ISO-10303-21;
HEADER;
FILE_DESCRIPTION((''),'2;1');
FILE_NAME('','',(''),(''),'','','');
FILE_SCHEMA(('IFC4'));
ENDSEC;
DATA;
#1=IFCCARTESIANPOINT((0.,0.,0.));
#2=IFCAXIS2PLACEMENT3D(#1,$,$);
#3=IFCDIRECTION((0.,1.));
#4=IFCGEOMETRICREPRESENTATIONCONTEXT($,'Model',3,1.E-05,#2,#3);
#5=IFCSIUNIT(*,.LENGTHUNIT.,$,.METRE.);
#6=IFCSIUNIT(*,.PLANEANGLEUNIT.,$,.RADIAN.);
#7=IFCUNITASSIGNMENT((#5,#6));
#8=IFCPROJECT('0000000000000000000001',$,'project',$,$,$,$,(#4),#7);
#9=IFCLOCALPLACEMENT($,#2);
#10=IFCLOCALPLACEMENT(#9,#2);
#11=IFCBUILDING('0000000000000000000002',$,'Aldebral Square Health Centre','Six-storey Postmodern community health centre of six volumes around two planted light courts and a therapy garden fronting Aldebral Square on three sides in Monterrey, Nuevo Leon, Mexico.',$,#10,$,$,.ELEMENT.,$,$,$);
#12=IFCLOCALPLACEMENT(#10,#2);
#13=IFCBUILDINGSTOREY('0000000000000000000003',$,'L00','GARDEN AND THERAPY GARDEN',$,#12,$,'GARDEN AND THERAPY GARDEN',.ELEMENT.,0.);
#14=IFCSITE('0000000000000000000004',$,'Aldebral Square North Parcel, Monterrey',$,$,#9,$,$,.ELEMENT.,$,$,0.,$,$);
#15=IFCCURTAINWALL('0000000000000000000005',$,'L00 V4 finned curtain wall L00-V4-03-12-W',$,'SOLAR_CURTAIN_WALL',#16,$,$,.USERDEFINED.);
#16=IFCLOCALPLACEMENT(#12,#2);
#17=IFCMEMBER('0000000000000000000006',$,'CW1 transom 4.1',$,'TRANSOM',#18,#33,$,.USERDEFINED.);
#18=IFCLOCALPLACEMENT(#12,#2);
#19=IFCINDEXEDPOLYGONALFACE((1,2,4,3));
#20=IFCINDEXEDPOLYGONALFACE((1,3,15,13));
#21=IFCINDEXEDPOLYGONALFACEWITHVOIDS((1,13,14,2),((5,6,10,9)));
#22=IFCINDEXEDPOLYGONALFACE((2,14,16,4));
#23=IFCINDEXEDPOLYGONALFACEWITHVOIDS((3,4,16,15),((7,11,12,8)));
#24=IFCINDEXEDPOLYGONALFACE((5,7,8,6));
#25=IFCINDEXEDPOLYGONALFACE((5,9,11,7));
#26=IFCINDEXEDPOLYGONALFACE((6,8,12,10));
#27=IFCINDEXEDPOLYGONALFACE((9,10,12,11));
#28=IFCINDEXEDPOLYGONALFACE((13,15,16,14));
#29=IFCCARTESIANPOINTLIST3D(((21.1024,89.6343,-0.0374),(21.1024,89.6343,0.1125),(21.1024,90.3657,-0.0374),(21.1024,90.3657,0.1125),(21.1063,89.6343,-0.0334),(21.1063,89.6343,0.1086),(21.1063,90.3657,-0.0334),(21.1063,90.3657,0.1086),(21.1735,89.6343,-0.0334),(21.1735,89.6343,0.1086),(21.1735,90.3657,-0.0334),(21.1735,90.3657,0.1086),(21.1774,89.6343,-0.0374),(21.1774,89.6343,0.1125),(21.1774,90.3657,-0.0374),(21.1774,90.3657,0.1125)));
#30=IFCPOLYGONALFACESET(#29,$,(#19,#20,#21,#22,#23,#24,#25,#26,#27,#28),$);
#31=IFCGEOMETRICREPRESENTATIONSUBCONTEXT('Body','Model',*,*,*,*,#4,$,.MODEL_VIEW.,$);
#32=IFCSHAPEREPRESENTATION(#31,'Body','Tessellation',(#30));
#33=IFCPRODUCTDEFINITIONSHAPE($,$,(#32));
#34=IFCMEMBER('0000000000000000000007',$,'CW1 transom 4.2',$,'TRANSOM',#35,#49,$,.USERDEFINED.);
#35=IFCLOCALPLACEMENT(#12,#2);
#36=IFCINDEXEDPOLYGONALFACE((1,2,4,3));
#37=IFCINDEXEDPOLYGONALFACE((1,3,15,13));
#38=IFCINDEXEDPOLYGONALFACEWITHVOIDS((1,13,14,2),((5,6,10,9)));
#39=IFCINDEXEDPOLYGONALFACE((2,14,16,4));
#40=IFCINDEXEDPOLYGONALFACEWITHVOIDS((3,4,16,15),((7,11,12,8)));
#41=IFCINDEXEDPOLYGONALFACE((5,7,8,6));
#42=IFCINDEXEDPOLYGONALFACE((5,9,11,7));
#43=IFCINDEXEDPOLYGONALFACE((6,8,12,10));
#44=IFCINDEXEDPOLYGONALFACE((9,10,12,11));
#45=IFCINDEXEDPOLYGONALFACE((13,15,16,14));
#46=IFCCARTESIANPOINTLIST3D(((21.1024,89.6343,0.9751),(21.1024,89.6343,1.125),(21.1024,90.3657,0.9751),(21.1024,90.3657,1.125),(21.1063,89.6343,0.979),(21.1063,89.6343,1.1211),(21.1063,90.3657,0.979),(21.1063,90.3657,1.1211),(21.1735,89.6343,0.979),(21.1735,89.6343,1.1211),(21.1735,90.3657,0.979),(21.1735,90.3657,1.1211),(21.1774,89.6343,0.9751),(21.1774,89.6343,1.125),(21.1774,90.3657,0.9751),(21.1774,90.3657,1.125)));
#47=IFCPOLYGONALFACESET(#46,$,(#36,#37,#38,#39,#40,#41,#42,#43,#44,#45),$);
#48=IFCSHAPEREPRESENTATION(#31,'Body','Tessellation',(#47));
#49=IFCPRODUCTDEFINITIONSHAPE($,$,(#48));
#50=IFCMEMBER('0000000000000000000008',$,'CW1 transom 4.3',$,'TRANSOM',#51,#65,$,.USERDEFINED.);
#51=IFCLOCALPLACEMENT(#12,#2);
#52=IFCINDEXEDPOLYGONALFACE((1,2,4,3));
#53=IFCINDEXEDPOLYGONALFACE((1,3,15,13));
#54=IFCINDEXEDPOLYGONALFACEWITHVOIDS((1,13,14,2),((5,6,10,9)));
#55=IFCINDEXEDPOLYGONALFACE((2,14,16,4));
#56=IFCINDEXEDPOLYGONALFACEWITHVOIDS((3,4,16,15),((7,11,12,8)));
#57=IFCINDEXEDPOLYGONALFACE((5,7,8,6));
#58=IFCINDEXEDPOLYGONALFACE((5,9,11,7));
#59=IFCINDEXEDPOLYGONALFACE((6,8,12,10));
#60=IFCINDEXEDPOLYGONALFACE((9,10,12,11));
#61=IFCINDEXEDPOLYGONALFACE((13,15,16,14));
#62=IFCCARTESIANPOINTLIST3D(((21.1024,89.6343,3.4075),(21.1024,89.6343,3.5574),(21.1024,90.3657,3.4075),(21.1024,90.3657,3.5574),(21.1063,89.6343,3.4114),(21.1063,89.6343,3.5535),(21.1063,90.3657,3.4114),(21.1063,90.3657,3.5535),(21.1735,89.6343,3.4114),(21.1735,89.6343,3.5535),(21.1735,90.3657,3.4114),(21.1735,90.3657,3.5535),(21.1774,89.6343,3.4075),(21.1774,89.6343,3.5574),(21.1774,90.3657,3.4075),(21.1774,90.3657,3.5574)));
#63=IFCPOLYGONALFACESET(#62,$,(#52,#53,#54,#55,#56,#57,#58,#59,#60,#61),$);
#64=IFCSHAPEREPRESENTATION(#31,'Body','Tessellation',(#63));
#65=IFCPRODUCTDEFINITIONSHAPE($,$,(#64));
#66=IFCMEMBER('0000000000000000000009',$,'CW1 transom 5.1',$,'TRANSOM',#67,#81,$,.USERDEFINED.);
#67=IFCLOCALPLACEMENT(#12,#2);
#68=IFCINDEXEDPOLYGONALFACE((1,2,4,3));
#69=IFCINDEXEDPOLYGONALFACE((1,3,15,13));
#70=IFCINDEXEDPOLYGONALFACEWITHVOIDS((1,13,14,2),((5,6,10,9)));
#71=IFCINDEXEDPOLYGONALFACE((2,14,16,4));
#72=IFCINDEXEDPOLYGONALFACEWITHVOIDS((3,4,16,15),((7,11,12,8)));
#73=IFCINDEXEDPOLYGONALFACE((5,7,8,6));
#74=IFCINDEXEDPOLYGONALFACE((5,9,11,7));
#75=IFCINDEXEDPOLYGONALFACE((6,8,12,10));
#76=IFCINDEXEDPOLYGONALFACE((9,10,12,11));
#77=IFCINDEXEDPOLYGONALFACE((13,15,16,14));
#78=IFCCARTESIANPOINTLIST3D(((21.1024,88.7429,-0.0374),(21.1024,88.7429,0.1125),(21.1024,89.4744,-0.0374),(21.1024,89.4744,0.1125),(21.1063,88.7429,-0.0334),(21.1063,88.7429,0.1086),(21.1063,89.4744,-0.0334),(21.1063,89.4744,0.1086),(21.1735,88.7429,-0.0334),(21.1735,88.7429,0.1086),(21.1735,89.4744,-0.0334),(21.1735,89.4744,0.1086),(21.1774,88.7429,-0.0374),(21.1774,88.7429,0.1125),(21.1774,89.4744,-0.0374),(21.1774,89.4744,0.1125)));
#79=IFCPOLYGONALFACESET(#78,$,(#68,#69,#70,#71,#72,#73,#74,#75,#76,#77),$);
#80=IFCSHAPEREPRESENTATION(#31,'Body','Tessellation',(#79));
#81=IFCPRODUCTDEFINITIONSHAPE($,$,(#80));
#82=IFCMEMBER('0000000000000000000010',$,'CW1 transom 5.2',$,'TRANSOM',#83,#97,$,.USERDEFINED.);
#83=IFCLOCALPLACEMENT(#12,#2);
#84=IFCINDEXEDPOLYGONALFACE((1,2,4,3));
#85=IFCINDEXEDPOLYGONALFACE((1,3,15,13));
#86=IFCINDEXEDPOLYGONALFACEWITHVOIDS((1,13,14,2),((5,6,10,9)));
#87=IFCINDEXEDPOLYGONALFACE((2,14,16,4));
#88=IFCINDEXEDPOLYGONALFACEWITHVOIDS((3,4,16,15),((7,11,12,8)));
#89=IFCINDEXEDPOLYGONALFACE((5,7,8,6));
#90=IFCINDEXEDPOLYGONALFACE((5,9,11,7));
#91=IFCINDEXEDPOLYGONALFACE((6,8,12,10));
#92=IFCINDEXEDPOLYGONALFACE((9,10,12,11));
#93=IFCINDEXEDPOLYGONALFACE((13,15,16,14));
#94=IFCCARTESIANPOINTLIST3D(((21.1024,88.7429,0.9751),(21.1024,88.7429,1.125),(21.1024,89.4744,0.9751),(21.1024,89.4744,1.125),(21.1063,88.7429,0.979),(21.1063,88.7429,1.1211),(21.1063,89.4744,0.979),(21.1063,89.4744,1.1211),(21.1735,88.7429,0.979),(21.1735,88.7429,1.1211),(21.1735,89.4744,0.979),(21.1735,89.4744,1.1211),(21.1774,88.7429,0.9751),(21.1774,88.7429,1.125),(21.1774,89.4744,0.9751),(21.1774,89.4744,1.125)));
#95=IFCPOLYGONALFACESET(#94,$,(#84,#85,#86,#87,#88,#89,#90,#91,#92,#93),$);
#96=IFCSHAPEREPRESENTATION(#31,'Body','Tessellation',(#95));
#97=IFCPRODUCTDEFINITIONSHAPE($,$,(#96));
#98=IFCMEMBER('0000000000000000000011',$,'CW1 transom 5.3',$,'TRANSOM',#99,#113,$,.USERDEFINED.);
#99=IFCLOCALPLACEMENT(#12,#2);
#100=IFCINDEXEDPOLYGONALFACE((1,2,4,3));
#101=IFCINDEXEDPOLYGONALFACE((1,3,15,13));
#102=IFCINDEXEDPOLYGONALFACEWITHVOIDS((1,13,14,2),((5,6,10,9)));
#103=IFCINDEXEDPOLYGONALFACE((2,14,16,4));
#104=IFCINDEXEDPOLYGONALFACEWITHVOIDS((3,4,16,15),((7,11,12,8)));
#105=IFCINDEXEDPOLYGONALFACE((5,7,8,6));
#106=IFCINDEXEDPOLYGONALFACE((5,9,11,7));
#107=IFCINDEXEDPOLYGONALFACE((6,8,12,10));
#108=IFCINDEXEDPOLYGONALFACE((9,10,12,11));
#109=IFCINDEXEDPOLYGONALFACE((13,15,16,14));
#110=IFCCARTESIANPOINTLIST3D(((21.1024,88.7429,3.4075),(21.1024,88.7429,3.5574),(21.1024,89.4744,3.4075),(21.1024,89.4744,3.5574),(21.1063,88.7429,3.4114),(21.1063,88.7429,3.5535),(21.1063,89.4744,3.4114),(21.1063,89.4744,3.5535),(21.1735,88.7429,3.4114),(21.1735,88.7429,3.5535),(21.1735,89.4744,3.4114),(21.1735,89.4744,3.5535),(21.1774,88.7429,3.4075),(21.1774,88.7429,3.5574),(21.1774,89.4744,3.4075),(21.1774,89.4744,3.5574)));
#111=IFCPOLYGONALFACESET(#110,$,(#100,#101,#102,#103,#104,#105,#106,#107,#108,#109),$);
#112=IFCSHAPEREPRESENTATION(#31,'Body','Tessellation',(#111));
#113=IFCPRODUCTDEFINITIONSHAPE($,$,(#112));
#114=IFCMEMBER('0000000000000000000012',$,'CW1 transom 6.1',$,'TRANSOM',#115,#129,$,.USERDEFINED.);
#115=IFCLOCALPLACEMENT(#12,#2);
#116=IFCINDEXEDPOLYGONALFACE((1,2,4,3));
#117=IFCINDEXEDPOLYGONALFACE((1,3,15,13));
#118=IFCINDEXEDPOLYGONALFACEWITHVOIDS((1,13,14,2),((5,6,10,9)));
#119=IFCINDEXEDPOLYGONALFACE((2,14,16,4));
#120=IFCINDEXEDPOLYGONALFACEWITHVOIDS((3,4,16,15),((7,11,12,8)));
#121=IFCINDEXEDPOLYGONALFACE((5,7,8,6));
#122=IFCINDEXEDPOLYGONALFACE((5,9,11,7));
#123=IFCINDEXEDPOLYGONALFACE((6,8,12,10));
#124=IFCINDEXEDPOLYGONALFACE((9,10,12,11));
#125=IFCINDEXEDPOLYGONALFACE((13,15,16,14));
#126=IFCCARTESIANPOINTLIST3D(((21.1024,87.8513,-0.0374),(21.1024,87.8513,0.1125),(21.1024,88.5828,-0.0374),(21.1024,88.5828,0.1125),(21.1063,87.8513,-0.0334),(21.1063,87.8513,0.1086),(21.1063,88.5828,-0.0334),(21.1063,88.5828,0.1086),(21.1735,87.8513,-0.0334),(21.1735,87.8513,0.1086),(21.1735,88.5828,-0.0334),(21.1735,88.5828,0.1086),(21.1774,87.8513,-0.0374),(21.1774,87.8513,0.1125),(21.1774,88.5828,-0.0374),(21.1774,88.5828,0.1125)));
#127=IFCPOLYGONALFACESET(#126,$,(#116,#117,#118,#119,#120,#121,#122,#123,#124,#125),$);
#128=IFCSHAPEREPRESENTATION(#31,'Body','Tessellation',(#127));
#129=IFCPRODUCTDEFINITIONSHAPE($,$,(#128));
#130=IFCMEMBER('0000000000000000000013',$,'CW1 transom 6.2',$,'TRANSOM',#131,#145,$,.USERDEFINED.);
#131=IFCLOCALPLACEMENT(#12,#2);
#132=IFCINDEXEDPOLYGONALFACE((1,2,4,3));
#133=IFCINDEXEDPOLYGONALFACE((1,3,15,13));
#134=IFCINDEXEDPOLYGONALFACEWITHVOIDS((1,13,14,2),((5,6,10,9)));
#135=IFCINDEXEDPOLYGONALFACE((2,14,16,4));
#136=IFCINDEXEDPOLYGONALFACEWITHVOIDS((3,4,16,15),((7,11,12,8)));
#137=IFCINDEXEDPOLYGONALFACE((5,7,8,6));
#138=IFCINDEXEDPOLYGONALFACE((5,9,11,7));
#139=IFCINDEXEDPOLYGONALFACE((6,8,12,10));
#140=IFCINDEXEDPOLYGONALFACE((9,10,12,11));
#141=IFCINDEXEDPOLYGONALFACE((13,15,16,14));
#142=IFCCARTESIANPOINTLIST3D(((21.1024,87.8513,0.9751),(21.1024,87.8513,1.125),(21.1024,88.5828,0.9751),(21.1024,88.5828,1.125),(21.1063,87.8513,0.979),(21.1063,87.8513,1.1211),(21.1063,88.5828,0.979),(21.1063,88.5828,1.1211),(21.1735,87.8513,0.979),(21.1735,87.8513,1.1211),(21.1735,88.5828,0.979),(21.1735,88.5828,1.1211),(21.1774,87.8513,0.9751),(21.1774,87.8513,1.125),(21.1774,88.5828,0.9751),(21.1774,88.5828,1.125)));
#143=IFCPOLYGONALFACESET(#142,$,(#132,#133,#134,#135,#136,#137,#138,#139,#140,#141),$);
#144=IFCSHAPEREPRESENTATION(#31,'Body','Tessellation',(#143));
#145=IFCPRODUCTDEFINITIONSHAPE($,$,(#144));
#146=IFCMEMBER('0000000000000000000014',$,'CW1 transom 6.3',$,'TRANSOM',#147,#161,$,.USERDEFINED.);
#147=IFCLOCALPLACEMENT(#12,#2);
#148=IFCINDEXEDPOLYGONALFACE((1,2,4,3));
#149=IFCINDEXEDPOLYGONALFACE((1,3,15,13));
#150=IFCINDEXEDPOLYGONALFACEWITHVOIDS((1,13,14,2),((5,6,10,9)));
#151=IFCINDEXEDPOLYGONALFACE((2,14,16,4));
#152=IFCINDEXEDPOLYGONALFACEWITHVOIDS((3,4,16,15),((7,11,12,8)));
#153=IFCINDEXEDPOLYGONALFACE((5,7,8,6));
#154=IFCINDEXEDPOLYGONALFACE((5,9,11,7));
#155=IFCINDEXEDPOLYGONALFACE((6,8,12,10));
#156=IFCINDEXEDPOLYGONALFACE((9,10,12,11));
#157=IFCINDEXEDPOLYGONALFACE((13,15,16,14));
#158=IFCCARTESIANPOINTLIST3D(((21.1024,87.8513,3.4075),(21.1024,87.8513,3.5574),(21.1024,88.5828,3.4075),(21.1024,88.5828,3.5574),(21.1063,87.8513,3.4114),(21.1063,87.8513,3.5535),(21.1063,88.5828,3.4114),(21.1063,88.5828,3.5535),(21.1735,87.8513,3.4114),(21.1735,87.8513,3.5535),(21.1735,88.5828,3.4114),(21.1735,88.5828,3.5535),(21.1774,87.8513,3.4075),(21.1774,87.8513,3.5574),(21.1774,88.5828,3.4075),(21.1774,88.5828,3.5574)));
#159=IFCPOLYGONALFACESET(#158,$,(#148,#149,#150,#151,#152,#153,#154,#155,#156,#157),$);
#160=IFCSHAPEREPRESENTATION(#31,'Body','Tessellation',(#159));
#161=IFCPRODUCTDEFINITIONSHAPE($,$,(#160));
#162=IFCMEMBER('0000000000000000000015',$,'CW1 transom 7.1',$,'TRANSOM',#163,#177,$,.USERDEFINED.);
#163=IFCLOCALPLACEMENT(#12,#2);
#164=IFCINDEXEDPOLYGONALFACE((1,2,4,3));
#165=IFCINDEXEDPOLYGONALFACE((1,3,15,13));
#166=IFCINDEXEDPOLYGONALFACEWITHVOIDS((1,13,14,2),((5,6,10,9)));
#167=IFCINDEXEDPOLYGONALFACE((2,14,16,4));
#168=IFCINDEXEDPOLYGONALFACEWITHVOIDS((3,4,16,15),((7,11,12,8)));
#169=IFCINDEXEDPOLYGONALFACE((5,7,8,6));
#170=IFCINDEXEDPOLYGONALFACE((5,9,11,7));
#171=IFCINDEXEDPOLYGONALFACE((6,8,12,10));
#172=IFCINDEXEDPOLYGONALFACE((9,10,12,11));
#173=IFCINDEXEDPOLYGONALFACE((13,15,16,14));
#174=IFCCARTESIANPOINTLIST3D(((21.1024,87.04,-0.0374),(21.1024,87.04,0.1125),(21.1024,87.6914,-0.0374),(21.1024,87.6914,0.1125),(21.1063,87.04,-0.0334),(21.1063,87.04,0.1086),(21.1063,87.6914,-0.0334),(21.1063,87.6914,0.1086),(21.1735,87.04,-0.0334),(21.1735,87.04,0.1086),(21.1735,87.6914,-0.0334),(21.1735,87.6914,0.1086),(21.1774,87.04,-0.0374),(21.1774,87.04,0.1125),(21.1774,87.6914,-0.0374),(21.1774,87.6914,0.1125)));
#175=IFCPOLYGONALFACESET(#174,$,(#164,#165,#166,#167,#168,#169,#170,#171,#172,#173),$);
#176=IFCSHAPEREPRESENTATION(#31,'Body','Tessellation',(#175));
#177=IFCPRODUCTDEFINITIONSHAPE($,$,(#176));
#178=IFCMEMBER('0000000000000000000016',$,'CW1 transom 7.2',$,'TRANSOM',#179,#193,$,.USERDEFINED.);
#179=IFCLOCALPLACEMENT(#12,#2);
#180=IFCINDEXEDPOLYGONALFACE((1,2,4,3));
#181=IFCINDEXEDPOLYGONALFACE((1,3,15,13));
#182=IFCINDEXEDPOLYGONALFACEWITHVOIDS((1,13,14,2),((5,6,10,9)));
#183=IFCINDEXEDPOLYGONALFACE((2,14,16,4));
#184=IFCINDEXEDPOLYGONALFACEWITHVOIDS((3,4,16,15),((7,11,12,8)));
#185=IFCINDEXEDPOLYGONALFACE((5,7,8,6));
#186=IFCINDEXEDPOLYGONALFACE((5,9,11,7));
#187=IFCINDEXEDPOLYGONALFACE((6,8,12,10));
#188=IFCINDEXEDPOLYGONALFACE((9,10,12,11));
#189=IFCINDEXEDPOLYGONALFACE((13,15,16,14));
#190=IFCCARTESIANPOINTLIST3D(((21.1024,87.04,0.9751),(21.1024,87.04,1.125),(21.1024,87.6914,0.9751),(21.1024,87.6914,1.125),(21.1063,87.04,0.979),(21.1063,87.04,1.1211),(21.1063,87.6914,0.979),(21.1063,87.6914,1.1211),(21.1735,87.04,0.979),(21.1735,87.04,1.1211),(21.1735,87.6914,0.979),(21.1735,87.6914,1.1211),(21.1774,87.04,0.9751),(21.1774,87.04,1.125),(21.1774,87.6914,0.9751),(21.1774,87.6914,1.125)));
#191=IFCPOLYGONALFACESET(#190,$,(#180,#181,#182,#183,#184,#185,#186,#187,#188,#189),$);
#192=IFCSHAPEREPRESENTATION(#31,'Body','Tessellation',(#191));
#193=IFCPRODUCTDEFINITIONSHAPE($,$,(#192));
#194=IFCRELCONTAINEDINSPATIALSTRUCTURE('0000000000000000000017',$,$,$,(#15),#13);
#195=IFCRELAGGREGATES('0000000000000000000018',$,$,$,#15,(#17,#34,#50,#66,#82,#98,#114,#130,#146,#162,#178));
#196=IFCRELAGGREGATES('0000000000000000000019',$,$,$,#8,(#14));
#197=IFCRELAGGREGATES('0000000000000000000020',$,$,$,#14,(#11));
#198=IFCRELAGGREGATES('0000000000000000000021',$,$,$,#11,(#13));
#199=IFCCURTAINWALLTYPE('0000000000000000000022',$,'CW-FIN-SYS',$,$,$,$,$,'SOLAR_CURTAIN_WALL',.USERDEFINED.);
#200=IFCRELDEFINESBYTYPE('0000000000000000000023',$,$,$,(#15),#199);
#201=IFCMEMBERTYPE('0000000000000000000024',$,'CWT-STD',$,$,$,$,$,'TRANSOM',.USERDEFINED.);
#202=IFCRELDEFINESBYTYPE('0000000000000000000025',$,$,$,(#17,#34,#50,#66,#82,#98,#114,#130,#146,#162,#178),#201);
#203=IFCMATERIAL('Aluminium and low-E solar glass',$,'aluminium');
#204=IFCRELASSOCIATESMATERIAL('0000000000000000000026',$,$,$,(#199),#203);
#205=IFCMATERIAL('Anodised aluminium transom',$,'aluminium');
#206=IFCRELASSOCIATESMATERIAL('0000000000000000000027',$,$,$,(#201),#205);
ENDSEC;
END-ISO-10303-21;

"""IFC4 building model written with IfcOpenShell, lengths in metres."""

from ifc_helpers import new_model, si_unit, direction, frame, origin, origin_2d, place, context, subcontext, project, spatial, hollow_rectangle, extrude, material, material_profile, profile_set, type_object, element, aggregate, save


model = new_model("IFC4")

# Units and contexts
model_context = context("Model", 3, precision=1e-05, world=origin(), true_north=direction((0.0, 1.0)))
body_context = subcontext(model_context, "Body", "Model", "MODEL_VIEW")
ifc_project = project(units=[si_unit("LENGTHUNIT", "METRE"), si_unit("PLANEANGLEUNIT", "RADIAN")], contexts=[model_context])

# Site, building, storey
site_placement = place(None, origin())
site = spatial("IfcSite", under=ifc_project, at=site_placement, Name="Aldebral Square North Parcel, Monterrey", CompositionType="ELEMENT", RefElevation=0.0)
building_placement = place(site_placement, origin())
building = spatial("IfcBuilding", under=site, at=building_placement, Name="Aldebral Square Health Centre", Description="Six-storey Postmodern community health centre of six volumes around two planted light courts and a therapy garden fronting Aldebral Square on three sides in Monterrey, Nuevo Leon, Mexico.", CompositionType="ELEMENT")
storey_placement = place(building_placement, origin())
storey = spatial("IfcBuildingStorey", under=building, at=storey_placement, Name="L00", Description="GARDEN AND THERAPY GARDEN", LongName="GARDEN AND THERAPY GARDEN", CompositionType="ELEMENT", Elevation=0.0)

# Curtain wall, members
ifc_material_1 = material(Name="Aluminium and low-E solar glass", Category="aluminium")
curtain_wall_type = type_object("IfcCurtainWallType", Name="CW-FIN-SYS", ElementType="SOLAR_CURTAIN_WALL", PredefinedType="USERDEFINED", material=ifc_material_1)
curtain_wall_placement = place(storey_placement, origin())
curtain_wall = element("IfcCurtainWall", 1, at=curtain_wall_placement, inside=storey, type_object=curtain_wall_type, Name="L00 V4 finned curtain wall L00-V4-03-12-W", ObjectType="SOLAR_CURTAIN_WALL", PredefinedType="USERDEFINED")
ifc_material_2 = material(Name="Anodised aluminium transom", Category="aluminium")
ifc_material_profile_1 = material_profile(ifc_material_2, hollow_rectangle(XDim=0.075, YDim=0.1499, WallThickness=0.0039, at=origin_2d()), Name="CWT 75x150x4")
ifc_profile_set_1 = profile_set([ifc_material_profile_1], Name="Anodised aluminium transom")
member_type_1 = type_object("IfcMemberType", Name="CWT-STD", ElementType="TRANSOM", PredefinedType="USERDEFINED", material=ifc_profile_set_1)
member_1_placement = place(storey_placement, frame((21.1399, 90.3657, 0.0376), z_axis=(0.0, -1.0, 0.0), x_axis=(1.0, 0.0, 0.0)))
member_1 = element("IfcMember", 2, at=member_1_placement, type_object=member_type_1, Name="CW1 transom 4.1", ObjectType="TRANSOM", PredefinedType="USERDEFINED", context=body_context, shape_type="SweptSolid", body=[
    extrude(hollow_rectangle(XDim=0.075, YDim=0.1499, WallThickness=0.0039, at=origin_2d()), origin(), (0.0, 0.0, 1.0), 0.7314),
])
member_2_placement = place(storey_placement, frame((21.1399, 90.3657, 1.05), z_axis=(0.0, -1.0, 0.0), x_axis=(1.0, 0.0, 0.0)))
member_2 = element("IfcMember", 3, at=member_2_placement, type_object=member_type_1, Name="CW1 transom 4.2", ObjectType="TRANSOM", PredefinedType="USERDEFINED", context=body_context, shape_type="SweptSolid", body=[
    extrude(hollow_rectangle(XDim=0.075, YDim=0.1499, WallThickness=0.0039, at=origin_2d()), origin(), (0.0, 0.0, 1.0), 0.7314),
])
member_3_placement = place(storey_placement, frame((21.1399, 90.3657, 3.4824), z_axis=(0.0, -1.0, 0.0), x_axis=(1.0, 0.0, 0.0)))
member_3 = element("IfcMember", 4, at=member_3_placement, type_object=member_type_1, Name="CW1 transom 4.3", ObjectType="TRANSOM", PredefinedType="USERDEFINED", context=body_context, shape_type="SweptSolid", body=[
    extrude(hollow_rectangle(XDim=0.075, YDim=0.1499, WallThickness=0.0039, at=origin_2d()), origin(), (0.0, 0.0, 1.0), 0.7314),
])
member_4_placement = place(storey_placement, frame((21.1399, 89.4744, 0.0376), z_axis=(0.0, -1.0, 0.0), x_axis=(1.0, 0.0, 0.0)))
member_4 = element("IfcMember", 5, at=member_4_placement, type_object=member_type_1, Name="CW1 transom 5.1", ObjectType="TRANSOM", PredefinedType="USERDEFINED", context=body_context, shape_type="SweptSolid", body=[
    extrude(hollow_rectangle(XDim=0.075, YDim=0.1499, WallThickness=0.0039, at=origin_2d()), origin(), (0.0, 0.0, 1.0), 0.7314),
])
member_5_placement = place(storey_placement, frame((21.1399, 89.4744, 1.05), z_axis=(0.0, -1.0, 0.0), x_axis=(1.0, 0.0, 0.0)))
member_5 = element("IfcMember", 6, at=member_5_placement, type_object=member_type_1, Name="CW1 transom 5.2", ObjectType="TRANSOM", PredefinedType="USERDEFINED", context=body_context, shape_type="SweptSolid", body=[
    extrude(hollow_rectangle(XDim=0.075, YDim=0.1499, WallThickness=0.0039, at=origin_2d()), origin(), (0.0, 0.0, 1.0), 0.7314),
])
member_6_placement = place(storey_placement, frame((21.1399, 89.4744, 3.4824), z_axis=(0.0, -1.0, 0.0), x_axis=(1.0, 0.0, 0.0)))
member_6 = element("IfcMember", 7, at=member_6_placement, type_object=member_type_1, Name="CW1 transom 5.3", ObjectType="TRANSOM", PredefinedType="USERDEFINED", context=body_context, shape_type="SweptSolid", body=[
    extrude(hollow_rectangle(XDim=0.075, YDim=0.1499, WallThickness=0.0039, at=origin_2d()), origin(), (0.0, 0.0, 1.0), 0.7314),
])
member_7_placement = place(storey_placement, frame((21.1399, 88.5828, 0.0376), z_axis=(0.0, -1.0, 0.0), x_axis=(1.0, 0.0, 0.0)))
member_7 = element("IfcMember", 8, at=member_7_placement, type_object=member_type_1, Name="CW1 transom 6.1", ObjectType="TRANSOM", PredefinedType="USERDEFINED", context=body_context, shape_type="SweptSolid", body=[
    extrude(hollow_rectangle(XDim=0.075, YDim=0.1499, WallThickness=0.0039, at=origin_2d()), origin(), (0.0, 0.0, 1.0), 0.7314),
])
member_8_placement = place(storey_placement, frame((21.1399, 88.5828, 1.05), z_axis=(0.0, -1.0, 0.0), x_axis=(1.0, 0.0, 0.0)))
member_8 = element("IfcMember", 9, at=member_8_placement, type_object=member_type_1, Name="CW1 transom 6.2", ObjectType="TRANSOM", PredefinedType="USERDEFINED", context=body_context, shape_type="SweptSolid", body=[
    extrude(hollow_rectangle(XDim=0.075, YDim=0.1499, WallThickness=0.0039, at=origin_2d()), origin(), (0.0, 0.0, 1.0), 0.7314),
])
member_9_placement = place(storey_placement, frame((21.1399, 88.5828, 3.4824), z_axis=(0.0, -1.0, 0.0), x_axis=(1.0, 0.0, 0.0)))
member_9 = element("IfcMember", 10, at=member_9_placement, type_object=member_type_1, Name="CW1 transom 6.3", ObjectType="TRANSOM", PredefinedType="USERDEFINED", context=body_context, shape_type="SweptSolid", body=[
    extrude(hollow_rectangle(XDim=0.075, YDim=0.1499, WallThickness=0.0039, at=origin_2d()), origin(), (0.0, 0.0, 1.0), 0.7314),
])
member_10_placement = place(storey_placement, frame((21.1399, 87.6914, 0.0376), z_axis=(0.0, -1.0, 0.0), x_axis=(1.0, 0.0, 0.0)))
member_10 = element("IfcMember", 11, at=member_10_placement, type_object=member_type_1, Name="CW1 transom 7.1", ObjectType="TRANSOM", PredefinedType="USERDEFINED", context=body_context, shape_type="SweptSolid", body=[
    extrude(hollow_rectangle(XDim=0.075, YDim=0.1499, WallThickness=0.0039, at=origin_2d()), origin(), (0.0, 0.0, 1.0), 0.6514),
])
member_11_placement = place(storey_placement, frame((21.1399, 87.6914, 1.05), z_axis=(0.0, -1.0, 0.0), x_axis=(1.0, 0.0, 0.0)))
member_11 = element("IfcMember", 12, at=member_11_placement, type_object=member_type_1, Name="CW1 transom 7.2", ObjectType="TRANSOM", PredefinedType="USERDEFINED", context=body_context, shape_type="SweptSolid", body=[
    extrude(hollow_rectangle(XDim=0.075, YDim=0.1499, WallThickness=0.0039, at=origin_2d()), origin(), (0.0, 0.0, 1.0), 0.6514),
])
aggregate(curtain_wall, [member_1, member_2, member_3, member_4, member_5, member_6, member_7, member_8, member_9, member_10, member_11])

save(model, "model.ifc")
